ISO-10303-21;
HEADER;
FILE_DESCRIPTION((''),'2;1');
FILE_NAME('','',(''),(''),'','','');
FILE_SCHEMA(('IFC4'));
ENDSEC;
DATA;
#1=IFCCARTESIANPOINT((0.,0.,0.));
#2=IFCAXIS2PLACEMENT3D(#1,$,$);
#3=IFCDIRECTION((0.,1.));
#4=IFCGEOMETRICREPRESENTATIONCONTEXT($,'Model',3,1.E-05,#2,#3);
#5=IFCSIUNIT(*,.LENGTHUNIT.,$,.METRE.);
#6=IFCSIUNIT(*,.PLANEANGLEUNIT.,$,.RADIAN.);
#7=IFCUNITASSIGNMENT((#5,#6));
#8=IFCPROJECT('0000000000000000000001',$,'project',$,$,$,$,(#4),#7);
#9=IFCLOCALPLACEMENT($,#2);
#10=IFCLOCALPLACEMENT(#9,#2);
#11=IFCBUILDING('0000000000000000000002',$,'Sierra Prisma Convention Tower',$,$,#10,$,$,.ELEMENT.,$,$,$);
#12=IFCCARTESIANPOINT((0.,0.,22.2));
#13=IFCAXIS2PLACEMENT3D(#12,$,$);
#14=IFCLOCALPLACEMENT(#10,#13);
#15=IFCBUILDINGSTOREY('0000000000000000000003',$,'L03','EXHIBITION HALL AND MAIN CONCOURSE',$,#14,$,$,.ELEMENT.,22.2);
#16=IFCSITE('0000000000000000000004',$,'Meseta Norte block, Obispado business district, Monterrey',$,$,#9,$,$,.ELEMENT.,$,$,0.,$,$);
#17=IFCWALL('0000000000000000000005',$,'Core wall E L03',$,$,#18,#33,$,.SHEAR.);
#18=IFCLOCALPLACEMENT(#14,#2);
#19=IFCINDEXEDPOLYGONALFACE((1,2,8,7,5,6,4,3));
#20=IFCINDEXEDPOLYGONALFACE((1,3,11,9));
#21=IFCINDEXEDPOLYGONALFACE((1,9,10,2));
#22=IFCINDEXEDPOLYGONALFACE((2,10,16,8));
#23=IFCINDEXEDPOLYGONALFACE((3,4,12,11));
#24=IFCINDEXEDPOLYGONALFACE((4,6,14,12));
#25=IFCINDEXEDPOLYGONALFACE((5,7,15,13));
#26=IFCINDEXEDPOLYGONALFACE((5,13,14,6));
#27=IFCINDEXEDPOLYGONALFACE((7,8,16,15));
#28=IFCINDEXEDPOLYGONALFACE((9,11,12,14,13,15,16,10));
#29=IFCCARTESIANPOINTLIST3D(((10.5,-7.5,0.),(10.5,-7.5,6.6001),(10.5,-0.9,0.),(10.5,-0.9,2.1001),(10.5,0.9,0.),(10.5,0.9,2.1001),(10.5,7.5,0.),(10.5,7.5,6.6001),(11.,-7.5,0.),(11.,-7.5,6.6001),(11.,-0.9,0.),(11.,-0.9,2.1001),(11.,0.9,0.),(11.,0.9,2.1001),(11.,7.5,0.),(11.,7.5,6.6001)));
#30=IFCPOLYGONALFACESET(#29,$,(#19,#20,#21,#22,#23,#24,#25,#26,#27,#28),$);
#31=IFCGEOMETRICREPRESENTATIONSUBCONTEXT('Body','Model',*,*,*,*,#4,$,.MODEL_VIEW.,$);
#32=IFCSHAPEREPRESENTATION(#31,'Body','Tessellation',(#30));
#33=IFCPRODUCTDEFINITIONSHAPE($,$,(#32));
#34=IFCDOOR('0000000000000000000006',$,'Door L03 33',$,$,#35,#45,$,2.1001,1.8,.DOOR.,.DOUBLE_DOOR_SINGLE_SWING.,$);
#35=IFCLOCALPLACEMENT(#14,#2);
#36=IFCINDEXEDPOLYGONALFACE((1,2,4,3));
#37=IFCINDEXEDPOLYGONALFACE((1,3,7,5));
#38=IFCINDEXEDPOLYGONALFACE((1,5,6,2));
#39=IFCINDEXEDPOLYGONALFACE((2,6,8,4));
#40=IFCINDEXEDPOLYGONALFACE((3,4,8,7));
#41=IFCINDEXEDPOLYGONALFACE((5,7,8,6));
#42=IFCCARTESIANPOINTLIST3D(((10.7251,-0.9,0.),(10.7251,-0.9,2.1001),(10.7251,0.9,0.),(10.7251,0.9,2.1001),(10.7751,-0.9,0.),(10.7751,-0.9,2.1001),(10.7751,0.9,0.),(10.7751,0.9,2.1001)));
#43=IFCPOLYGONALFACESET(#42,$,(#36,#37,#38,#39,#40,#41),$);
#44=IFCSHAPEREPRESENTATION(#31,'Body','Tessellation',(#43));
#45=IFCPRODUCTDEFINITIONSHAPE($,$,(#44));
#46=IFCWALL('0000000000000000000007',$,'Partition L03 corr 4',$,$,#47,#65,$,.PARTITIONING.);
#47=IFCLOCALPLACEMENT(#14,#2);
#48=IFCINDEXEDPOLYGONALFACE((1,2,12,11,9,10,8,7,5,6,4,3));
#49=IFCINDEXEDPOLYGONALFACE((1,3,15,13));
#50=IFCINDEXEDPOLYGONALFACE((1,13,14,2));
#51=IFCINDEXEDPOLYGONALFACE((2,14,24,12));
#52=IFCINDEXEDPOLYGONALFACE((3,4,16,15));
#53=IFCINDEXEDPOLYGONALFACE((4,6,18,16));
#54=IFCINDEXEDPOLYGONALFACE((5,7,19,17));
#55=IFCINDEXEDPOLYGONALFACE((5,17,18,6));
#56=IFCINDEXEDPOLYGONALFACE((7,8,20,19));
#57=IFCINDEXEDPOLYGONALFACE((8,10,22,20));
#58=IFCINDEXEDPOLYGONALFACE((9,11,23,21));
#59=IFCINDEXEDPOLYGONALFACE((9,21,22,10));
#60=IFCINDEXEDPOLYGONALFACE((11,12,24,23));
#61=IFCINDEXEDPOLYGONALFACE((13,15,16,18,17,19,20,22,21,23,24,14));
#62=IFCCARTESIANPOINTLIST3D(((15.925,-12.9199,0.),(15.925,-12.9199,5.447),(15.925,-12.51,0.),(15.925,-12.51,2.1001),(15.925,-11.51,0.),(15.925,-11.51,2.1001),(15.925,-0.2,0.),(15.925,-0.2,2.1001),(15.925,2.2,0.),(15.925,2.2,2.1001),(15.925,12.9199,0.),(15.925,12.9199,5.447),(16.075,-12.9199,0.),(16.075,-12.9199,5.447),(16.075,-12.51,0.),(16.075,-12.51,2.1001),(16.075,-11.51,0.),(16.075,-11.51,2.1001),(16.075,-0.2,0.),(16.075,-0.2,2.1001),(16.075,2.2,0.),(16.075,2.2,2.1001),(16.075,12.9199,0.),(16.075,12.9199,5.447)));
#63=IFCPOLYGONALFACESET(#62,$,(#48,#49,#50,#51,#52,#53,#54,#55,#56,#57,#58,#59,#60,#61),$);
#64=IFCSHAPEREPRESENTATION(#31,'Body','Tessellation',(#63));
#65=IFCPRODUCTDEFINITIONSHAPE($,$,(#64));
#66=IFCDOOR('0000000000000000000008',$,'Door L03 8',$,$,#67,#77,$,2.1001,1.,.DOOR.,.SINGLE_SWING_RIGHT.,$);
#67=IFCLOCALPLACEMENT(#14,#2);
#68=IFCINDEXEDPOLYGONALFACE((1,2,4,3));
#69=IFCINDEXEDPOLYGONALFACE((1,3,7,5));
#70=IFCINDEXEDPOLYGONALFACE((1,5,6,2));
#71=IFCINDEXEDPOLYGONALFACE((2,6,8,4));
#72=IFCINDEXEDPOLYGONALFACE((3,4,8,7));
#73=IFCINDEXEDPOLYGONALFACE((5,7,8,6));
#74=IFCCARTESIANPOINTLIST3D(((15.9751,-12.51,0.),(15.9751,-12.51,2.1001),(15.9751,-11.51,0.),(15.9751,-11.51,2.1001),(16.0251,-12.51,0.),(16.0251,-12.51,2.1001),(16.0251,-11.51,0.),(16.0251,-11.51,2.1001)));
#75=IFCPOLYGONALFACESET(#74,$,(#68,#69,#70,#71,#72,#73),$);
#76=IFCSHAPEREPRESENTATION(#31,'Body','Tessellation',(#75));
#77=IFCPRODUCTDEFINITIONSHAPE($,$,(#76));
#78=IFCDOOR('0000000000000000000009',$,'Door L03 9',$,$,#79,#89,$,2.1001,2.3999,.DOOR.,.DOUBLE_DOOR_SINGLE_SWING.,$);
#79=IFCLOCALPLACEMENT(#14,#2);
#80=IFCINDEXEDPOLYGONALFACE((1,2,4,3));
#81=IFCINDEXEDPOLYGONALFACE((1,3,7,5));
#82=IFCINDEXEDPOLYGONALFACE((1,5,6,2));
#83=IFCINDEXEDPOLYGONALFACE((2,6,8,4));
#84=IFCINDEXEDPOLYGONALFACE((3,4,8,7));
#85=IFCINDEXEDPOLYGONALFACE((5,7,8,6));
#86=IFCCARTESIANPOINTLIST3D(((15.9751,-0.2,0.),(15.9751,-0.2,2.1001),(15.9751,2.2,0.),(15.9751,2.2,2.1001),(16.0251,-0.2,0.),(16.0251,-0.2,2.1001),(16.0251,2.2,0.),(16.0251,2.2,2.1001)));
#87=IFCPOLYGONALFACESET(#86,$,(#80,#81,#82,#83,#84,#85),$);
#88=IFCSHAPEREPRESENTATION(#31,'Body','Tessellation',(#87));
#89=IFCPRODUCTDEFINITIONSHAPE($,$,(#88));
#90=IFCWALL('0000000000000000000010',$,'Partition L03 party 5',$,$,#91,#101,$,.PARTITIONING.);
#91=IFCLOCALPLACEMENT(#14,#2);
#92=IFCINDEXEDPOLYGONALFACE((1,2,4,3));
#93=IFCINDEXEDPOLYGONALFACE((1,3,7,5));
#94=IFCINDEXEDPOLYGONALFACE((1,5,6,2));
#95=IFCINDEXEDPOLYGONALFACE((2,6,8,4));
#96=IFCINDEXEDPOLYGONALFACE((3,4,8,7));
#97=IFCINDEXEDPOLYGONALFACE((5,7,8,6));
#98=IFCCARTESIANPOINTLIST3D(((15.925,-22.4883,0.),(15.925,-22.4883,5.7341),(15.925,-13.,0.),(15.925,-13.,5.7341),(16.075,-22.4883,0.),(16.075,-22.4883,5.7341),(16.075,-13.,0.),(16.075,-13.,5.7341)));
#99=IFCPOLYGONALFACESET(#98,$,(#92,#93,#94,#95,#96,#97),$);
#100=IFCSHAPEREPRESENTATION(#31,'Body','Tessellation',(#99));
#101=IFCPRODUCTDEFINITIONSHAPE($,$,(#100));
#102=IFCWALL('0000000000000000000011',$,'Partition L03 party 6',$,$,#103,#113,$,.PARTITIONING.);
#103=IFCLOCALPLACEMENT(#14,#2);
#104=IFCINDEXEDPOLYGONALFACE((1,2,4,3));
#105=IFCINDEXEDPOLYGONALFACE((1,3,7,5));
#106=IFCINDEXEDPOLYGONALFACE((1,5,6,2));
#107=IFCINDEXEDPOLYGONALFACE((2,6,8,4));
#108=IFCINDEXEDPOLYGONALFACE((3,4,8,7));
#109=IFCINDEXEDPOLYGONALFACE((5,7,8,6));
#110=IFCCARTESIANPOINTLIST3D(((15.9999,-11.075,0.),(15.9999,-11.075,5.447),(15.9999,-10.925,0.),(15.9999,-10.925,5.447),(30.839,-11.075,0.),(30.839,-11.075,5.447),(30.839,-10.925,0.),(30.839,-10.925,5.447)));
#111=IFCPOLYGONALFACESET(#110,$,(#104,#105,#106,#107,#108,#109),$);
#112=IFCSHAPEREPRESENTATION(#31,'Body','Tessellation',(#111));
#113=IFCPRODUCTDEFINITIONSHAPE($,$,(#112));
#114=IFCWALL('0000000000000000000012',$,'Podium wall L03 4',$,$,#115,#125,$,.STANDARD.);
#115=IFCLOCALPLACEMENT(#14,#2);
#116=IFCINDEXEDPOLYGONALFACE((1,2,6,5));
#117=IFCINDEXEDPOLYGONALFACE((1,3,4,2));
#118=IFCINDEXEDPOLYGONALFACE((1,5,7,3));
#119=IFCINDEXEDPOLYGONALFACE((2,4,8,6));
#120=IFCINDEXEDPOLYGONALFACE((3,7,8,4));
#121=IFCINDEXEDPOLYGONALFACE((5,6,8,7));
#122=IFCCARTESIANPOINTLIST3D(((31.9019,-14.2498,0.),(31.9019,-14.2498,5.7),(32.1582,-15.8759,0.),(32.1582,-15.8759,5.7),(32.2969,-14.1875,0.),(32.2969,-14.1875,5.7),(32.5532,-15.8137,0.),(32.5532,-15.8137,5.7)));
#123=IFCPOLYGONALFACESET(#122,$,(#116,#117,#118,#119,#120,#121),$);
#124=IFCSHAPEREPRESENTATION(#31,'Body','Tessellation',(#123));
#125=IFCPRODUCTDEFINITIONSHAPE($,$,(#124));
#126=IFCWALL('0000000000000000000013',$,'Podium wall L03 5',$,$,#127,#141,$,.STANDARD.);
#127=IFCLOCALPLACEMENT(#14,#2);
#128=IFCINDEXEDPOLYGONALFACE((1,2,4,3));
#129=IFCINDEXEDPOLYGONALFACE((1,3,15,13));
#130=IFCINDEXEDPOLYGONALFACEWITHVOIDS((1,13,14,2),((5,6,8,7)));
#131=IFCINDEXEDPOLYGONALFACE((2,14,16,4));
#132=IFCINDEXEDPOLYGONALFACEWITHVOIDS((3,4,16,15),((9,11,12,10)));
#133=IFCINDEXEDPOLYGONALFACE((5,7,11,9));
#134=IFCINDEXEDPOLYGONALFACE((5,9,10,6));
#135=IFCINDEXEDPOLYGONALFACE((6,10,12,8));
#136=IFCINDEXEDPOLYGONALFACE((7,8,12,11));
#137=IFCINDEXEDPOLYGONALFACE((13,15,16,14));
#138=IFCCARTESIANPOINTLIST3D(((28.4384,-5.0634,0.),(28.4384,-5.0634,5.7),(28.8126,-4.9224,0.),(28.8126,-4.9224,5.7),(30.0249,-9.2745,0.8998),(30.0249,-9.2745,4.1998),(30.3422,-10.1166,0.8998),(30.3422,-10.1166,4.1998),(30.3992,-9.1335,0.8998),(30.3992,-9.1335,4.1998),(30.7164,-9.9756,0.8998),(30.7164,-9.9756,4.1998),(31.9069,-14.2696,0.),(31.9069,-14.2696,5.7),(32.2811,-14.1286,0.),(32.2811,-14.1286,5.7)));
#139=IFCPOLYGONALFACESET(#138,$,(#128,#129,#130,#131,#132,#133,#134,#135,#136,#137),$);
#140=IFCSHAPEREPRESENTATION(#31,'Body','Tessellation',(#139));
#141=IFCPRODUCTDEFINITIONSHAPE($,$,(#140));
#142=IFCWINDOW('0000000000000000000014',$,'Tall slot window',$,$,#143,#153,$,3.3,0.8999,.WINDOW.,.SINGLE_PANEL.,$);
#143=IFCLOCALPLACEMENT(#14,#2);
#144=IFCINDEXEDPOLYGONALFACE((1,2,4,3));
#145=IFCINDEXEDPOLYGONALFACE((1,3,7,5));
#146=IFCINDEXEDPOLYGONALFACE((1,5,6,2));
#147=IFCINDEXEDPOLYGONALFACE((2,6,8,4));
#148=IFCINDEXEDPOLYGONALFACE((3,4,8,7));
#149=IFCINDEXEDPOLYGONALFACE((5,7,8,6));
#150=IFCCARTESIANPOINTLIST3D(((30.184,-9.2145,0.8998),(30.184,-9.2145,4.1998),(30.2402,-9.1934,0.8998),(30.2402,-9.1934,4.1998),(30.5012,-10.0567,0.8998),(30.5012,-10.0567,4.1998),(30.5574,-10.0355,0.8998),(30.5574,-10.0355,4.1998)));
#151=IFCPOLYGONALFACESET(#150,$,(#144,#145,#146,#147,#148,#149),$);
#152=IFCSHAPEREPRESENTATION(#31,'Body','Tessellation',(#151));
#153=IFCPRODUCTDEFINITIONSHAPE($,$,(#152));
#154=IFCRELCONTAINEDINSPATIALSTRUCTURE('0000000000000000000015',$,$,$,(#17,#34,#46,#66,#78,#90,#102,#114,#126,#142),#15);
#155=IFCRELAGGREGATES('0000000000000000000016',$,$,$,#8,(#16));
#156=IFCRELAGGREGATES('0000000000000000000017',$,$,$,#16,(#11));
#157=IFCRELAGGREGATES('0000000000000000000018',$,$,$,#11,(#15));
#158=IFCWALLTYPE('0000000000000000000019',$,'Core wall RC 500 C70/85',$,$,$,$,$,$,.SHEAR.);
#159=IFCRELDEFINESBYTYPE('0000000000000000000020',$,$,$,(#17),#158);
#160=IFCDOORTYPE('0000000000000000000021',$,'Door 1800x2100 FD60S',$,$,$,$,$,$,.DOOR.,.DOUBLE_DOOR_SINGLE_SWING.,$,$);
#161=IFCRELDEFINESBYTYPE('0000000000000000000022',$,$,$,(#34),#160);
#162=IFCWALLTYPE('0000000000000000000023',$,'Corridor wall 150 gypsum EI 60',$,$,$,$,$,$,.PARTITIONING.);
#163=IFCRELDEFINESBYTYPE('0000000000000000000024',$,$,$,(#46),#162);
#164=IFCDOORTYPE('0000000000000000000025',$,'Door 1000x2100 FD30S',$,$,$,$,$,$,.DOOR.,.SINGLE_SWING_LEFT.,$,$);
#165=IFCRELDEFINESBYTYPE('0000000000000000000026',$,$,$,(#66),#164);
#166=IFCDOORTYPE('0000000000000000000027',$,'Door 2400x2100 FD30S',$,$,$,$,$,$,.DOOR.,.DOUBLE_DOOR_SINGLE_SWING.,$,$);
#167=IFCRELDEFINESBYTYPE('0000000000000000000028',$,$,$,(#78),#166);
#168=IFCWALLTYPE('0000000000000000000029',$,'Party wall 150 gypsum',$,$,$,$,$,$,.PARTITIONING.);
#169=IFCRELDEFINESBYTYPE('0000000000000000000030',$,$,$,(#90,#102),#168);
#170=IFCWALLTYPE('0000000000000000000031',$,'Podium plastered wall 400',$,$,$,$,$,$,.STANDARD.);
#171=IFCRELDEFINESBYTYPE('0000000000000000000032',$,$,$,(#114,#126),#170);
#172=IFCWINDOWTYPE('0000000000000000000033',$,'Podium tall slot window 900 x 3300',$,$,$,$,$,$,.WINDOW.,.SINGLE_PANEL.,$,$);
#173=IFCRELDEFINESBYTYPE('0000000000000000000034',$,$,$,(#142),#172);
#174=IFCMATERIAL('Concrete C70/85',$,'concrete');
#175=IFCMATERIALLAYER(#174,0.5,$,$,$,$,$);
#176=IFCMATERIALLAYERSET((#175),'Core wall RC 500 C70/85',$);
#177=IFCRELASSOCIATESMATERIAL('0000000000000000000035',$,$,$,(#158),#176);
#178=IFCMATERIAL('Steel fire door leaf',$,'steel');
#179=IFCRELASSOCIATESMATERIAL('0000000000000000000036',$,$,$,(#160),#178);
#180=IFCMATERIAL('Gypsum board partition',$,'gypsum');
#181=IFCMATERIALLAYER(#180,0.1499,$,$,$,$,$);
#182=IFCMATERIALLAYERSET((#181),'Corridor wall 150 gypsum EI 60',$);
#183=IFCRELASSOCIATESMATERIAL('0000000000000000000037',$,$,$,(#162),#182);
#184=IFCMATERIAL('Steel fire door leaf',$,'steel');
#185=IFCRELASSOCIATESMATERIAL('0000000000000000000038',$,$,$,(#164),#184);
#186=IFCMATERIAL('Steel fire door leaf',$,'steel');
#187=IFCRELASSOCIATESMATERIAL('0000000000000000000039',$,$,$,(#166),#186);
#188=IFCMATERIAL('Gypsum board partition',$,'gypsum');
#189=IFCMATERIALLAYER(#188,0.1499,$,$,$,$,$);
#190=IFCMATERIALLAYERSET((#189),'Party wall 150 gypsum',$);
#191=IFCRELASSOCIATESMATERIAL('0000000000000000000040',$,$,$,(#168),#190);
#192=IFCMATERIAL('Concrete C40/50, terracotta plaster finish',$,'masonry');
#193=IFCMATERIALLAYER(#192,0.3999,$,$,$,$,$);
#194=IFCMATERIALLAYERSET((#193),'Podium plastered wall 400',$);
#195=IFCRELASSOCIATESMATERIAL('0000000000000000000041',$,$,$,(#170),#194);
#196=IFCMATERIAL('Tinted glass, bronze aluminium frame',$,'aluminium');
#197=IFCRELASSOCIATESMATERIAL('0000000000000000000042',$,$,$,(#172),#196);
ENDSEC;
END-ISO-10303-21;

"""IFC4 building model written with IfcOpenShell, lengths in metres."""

from ifc_helpers import new_model, si_unit, direction, frame, frame_2d, origin, place, context, subcontext, project, spatial, rectangle, extrude, material, layer, layer_set, type_object, element, fill, save


model = new_model("IFC4")

# Units and contexts
model_context = context("Model", 3, precision=1e-05, world=origin(), true_north=direction((0.0, 1.0)))
body_context = subcontext(model_context, "Body", "Model", "MODEL_VIEW")
ifc_project = project(units=[si_unit("LENGTHUNIT", "METRE"), si_unit("PLANEANGLEUNIT", "RADIAN")], contexts=[model_context])

# Site, building, storey
site_placement = place(None, origin())
site = spatial("IfcSite", under=ifc_project, at=site_placement, Name="Meseta Norte block, Obispado business district, Monterrey", CompositionType="ELEMENT", RefElevation=0.0)
building_placement = place(site_placement, origin())
building = spatial("IfcBuilding", under=site, at=building_placement, Name="Sierra Prisma Convention Tower", CompositionType="ELEMENT")
storey_placement = place(building_placement, frame((0.0, 0.0, 22.2)))
storey = spatial("IfcBuildingStorey", under=building, at=storey_placement, Name="L03", Description="EXHIBITION HALL AND MAIN CONCOURSE", CompositionType="ELEMENT", Elevation=22.2)

# Wall, opening, door
ifc_material_1 = material(Name="Concrete C70/85", Category="concrete")
ifc_layer_1 = layer(ifc_material_1, 0.5)
ifc_layer_set_1 = layer_set([ifc_layer_1], Name="Core wall RC 500 C70/85")
wall_type_1 = type_object("IfcWallType", Name="Core wall RC 500 C70/85", PredefinedType="SHEAR", material=ifc_layer_set_1)
wall_1_placement = place(storey_placement, frame((10.75, -7.5, 0.0), z_axis=(0.0, 0.0, 1.0), x_axis=(0.0, 1.0, 0.0)))
wall_1 = element("IfcWall", 1, at=wall_1_placement, inside=storey, type_object=wall_type_1, Name="Core wall E L03", PredefinedType="SHEAR", context=body_context, shape_type="SweptSolid", body=[
    extrude(rectangle(XDim=15.0, YDim=0.5, at=frame_2d((7.5, 0.0))), origin(), (0.0, 0.0, 1.0), 6.6001),
])
opening_1_placement = place(wall_1_placement, frame((6.6001, 0.0, 0.0)))
opening_1 = element("IfcOpeningElement", 2, at=opening_1_placement, cuts=wall_1, PredefinedType="OPENING", context=body_context, shape_type="SweptSolid", body=[
    extrude(rectangle(XDim=1.8, YDim=2.1001, at=frame_2d((0.8999, 1.05))), frame((0.0, 0.25, 0.0), z_axis=(0.0, -1.0, 0.0), x_axis=(1.0, 0.0, 0.0)), (0.0, 0.0, 1.0), 0.5),
])
ifc_material_2 = material(Name="Steel fire door leaf", Category="steel")
door_type_1 = type_object("IfcDoorType", Name="Door 1800x2100 FD60S", OperationType="DOUBLE_DOOR_SINGLE_SWING", PredefinedType="DOOR", material=ifc_material_2)
door_1_placement = place(opening_1_placement, origin())
door_1 = element("IfcDoor", 3, at=door_1_placement, inside=storey, type_object=door_type_1, Name="Door L03 33", OperationType="DOUBLE_DOOR_SINGLE_SWING", OverallHeight=2.1001, OverallWidth=1.8, PredefinedType="DOOR", context=body_context, shape_type="SweptSolid", body=[
    extrude(rectangle(XDim=1.8, YDim=2.1001, at=frame_2d((0.8999, 1.05))), frame((0.0, 0.0249, 0.0), z_axis=(0.0, -1.0, 0.0), x_axis=(1.0, 0.0, 0.0)), (0.0, 0.0, 1.0), 0.05),
])
fill(opening_1, door_1)

# Wall, openings, doors
ifc_material_3 = material(Name="Gypsum board partition", Category="gypsum")
ifc_layer_2 = layer(ifc_material_3, 0.1499)
ifc_layer_set_2 = layer_set([ifc_layer_2], Name="Corridor wall 150 gypsum EI 60")
wall_type_2 = type_object("IfcWallType", Name="Corridor wall 150 gypsum EI 60", PredefinedType="PARTITIONING", material=ifc_layer_set_2)
wall_2_placement = place(storey_placement, frame((16.0, -12.9199, 0.0), z_axis=(0.0, 0.0, 1.0), x_axis=(0.0, 1.0, 0.0)))
wall_2 = element("IfcWall", 4, at=wall_2_placement, inside=storey, type_object=wall_type_2, Name="Partition L03 corr 4", PredefinedType="PARTITIONING", context=body_context, shape_type="SweptSolid", body=[
    extrude(rectangle(XDim=25.8398, YDim=0.1499, at=frame_2d((12.9199, 0.0))), origin(), (0.0, 0.0, 1.0), 5.447),
])
opening_2_placement = place(wall_2_placement, frame((0.4099, 0.0, 0.0)))
opening_2 = element("IfcOpeningElement", 5, at=opening_2_placement, cuts=wall_2, PredefinedType="OPENING", context=body_context, shape_type="SweptSolid", body=[
    extrude(rectangle(XDim=1.0, YDim=2.1001, at=frame_2d((0.5, 1.05))), frame((0.0, 0.075, 0.0), z_axis=(0.0, -1.0, 0.0), x_axis=(1.0, 0.0, 0.0)), (0.0, 0.0, 1.0), 0.1499),
])
opening_3_placement = place(wall_2_placement, frame((12.72, 0.0, 0.0)))
opening_3 = element("IfcOpeningElement", 6, at=opening_3_placement, cuts=wall_2, PredefinedType="OPENING", context=body_context, shape_type="SweptSolid", body=[
    extrude(rectangle(XDim=2.3999, YDim=2.1001, at=frame_2d((1.2, 1.05))), frame((0.0, 0.075, 0.0), z_axis=(0.0, -1.0, 0.0), x_axis=(1.0, 0.0, 0.0)), (0.0, 0.0, 1.0), 0.1499),
])
ifc_material_4 = material(Name="Steel fire door leaf", Category="steel")
door_type_2 = type_object("IfcDoorType", Name="Door 1000x2100 FD30S", OperationType="SINGLE_SWING_LEFT", PredefinedType="DOOR", material=ifc_material_4)
door_2_placement = place(opening_2_placement, origin())
door_2 = element("IfcDoor", 7, at=door_2_placement, inside=storey, type_object=door_type_2, Name="Door L03 8", OperationType="SINGLE_SWING_RIGHT", OverallHeight=2.1001, OverallWidth=1.0, PredefinedType="DOOR", context=body_context, shape_type="SweptSolid", body=[
    extrude(rectangle(XDim=1.0, YDim=2.1001, at=frame_2d((0.5, 1.05))), frame((0.0, 0.0249, 0.0), z_axis=(0.0, -1.0, 0.0), x_axis=(1.0, 0.0, 0.0)), (0.0, 0.0, 1.0), 0.05),
])
fill(opening_2, door_2)
ifc_material_5 = material(Name="Steel fire door leaf", Category="steel")
door_type_3 = type_object("IfcDoorType", Name="Door 2400x2100 FD30S", OperationType="DOUBLE_DOOR_SINGLE_SWING", PredefinedType="DOOR", material=ifc_material_5)
door_3_placement = place(opening_3_placement, origin())
door_3 = element("IfcDoor", 8, at=door_3_placement, inside=storey, type_object=door_type_3, Name="Door L03 9", OperationType="DOUBLE_DOOR_SINGLE_SWING", OverallHeight=2.1001, OverallWidth=2.3999, PredefinedType="DOOR", context=body_context, shape_type="SweptSolid", body=[
    extrude(rectangle(XDim=2.3999, YDim=2.1001, at=frame_2d((1.2, 1.05))), frame((0.0, 0.0249, 0.0), z_axis=(0.0, -1.0, 0.0), x_axis=(1.0, 0.0, 0.0)), (0.0, 0.0, 1.0), 0.05),
])
fill(opening_3, door_3)

# Walls
ifc_material_6 = material(Name="Gypsum board partition", Category="gypsum")
ifc_layer_3 = layer(ifc_material_6, 0.1499)
ifc_layer_set_3 = layer_set([ifc_layer_3], Name="Party wall 150 gypsum")
wall_type_3 = type_object("IfcWallType", Name="Party wall 150 gypsum", PredefinedType="PARTITIONING", material=ifc_layer_set_3)
wall_3_placement = place(storey_placement, frame((16.0, -13.0, 0.0), z_axis=(0.0, 0.0, 1.0), x_axis=(0.0, -1.0, 0.0)))
element("IfcWall", 9, at=wall_3_placement, inside=storey, type_object=wall_type_3, Name="Partition L03 party 5", PredefinedType="PARTITIONING", context=body_context, shape_type="SweptSolid", body=[
    extrude(rectangle(XDim=9.4883, YDim=0.1499, at=frame_2d((4.7441, 0.0))), origin(), (0.0, 0.0, 1.0), 5.7341),
])
wall_4_placement = place(storey_placement, frame((16.0, -11.0, 0.0), z_axis=(0.0, 0.0, 1.0), x_axis=(1.0, 0.0, 0.0)))
element("IfcWall", 10, at=wall_4_placement, inside=storey, type_object=wall_type_3, Name="Partition L03 party 6", PredefinedType="PARTITIONING", context=body_context, shape_type="SweptSolid", body=[
    extrude(rectangle(XDim=14.8391, YDim=0.1499, at=frame_2d((7.4194, 0.0))), origin(), (0.0, 0.0, 1.0), 5.447),
])
ifc_material_7 = material(Name="Concrete C40/50, terracotta plaster finish", Category="masonry")
ifc_layer_4 = layer(ifc_material_7, 0.3999)
ifc_layer_set_4 = layer_set([ifc_layer_4], Name="Podium plastered wall 400")
wall_type_4 = type_object("IfcWallType", Name="Podium plastered wall 400", PredefinedType="STANDARD", material=ifc_layer_set_4)
wall_5_placement = place(storey_placement, frame((32.0994, -14.2185, 0.0), z_axis=(0.0, 0.0, 1.0), x_axis=(0.155711, -0.987803, 0.0)))
element("IfcWall", 11, at=wall_5_placement, inside=storey, type_object=wall_type_4, Name="Podium wall L03 4", PredefinedType="STANDARD", context=body_context, shape_type="SweptSolid", body=[
    extrude(rectangle(XDim=1.6462, YDim=0.3999, at=frame_2d((0.8232, 0.0))), origin(), (0.0, 0.0, 1.0), 5.7),
])

# Wall, opening, window
wall_6_placement = place(storey_placement, frame((28.6255, -4.9929, 0.0), z_axis=(0.0, 0.0, 1.0), x_axis=(0.35257, -0.935785, 0.0)))
wall_6 = element("IfcWall", 12, at=wall_6_placement, inside=storey, type_object=wall_type_4, Name="Podium wall L03 5", PredefinedType="STANDARD", context=body_context, shape_type="SweptSolid", body=[
    extrude(rectangle(XDim=9.8379, YDim=0.3999, at=frame_2d((4.9189, 0.0))), origin(), (0.0, 0.0, 1.0), 5.7),
])
opening_4_placement = place(wall_6_placement, frame((4.5, 0.0, 0.8999)))
opening_4 = element("IfcOpeningElement", 13, at=opening_4_placement, cuts=wall_6, PredefinedType="OPENING", context=body_context, shape_type="SweptSolid", body=[
    extrude(rectangle(XDim=0.8999, YDim=3.3, at=frame_2d((0.45, 1.6499))), frame((0.0, 0.2, 0.0), z_axis=(0.0, -1.0, 0.0), x_axis=(1.0, 0.0, 0.0)), (0.0, 0.0, 1.0), 0.3999),
])
ifc_material_8 = material(Name="Tinted glass, bronze aluminium frame", Category="aluminium")
window_type = type_object("IfcWindowType", Name="Podium tall slot window 900 x 3300", PartitioningType="SINGLE_PANEL", PredefinedType="WINDOW", material=ifc_material_8)
window_placement = place(opening_4_placement, origin())
window = element("IfcWindow", 14, at=window_placement, inside=storey, type_object=window_type, Name="Tall slot window", OverallHeight=3.3, OverallWidth=0.8999, PartitioningType="SINGLE_PANEL", PredefinedType="WINDOW", context=body_context, shape_type="SweptSolid", body=[
    extrude(rectangle(XDim=0.8999, YDim=3.3, at=frame_2d((0.45, 1.6499))), frame((0.0, 0.03, 0.0), z_axis=(0.0, -1.0, 0.0), x_axis=(1.0, 0.0, 0.0)), (0.0, 0.0, 1.0), 0.0601),
])
fill(opening_4, window)

save(model, "model.ifc")
